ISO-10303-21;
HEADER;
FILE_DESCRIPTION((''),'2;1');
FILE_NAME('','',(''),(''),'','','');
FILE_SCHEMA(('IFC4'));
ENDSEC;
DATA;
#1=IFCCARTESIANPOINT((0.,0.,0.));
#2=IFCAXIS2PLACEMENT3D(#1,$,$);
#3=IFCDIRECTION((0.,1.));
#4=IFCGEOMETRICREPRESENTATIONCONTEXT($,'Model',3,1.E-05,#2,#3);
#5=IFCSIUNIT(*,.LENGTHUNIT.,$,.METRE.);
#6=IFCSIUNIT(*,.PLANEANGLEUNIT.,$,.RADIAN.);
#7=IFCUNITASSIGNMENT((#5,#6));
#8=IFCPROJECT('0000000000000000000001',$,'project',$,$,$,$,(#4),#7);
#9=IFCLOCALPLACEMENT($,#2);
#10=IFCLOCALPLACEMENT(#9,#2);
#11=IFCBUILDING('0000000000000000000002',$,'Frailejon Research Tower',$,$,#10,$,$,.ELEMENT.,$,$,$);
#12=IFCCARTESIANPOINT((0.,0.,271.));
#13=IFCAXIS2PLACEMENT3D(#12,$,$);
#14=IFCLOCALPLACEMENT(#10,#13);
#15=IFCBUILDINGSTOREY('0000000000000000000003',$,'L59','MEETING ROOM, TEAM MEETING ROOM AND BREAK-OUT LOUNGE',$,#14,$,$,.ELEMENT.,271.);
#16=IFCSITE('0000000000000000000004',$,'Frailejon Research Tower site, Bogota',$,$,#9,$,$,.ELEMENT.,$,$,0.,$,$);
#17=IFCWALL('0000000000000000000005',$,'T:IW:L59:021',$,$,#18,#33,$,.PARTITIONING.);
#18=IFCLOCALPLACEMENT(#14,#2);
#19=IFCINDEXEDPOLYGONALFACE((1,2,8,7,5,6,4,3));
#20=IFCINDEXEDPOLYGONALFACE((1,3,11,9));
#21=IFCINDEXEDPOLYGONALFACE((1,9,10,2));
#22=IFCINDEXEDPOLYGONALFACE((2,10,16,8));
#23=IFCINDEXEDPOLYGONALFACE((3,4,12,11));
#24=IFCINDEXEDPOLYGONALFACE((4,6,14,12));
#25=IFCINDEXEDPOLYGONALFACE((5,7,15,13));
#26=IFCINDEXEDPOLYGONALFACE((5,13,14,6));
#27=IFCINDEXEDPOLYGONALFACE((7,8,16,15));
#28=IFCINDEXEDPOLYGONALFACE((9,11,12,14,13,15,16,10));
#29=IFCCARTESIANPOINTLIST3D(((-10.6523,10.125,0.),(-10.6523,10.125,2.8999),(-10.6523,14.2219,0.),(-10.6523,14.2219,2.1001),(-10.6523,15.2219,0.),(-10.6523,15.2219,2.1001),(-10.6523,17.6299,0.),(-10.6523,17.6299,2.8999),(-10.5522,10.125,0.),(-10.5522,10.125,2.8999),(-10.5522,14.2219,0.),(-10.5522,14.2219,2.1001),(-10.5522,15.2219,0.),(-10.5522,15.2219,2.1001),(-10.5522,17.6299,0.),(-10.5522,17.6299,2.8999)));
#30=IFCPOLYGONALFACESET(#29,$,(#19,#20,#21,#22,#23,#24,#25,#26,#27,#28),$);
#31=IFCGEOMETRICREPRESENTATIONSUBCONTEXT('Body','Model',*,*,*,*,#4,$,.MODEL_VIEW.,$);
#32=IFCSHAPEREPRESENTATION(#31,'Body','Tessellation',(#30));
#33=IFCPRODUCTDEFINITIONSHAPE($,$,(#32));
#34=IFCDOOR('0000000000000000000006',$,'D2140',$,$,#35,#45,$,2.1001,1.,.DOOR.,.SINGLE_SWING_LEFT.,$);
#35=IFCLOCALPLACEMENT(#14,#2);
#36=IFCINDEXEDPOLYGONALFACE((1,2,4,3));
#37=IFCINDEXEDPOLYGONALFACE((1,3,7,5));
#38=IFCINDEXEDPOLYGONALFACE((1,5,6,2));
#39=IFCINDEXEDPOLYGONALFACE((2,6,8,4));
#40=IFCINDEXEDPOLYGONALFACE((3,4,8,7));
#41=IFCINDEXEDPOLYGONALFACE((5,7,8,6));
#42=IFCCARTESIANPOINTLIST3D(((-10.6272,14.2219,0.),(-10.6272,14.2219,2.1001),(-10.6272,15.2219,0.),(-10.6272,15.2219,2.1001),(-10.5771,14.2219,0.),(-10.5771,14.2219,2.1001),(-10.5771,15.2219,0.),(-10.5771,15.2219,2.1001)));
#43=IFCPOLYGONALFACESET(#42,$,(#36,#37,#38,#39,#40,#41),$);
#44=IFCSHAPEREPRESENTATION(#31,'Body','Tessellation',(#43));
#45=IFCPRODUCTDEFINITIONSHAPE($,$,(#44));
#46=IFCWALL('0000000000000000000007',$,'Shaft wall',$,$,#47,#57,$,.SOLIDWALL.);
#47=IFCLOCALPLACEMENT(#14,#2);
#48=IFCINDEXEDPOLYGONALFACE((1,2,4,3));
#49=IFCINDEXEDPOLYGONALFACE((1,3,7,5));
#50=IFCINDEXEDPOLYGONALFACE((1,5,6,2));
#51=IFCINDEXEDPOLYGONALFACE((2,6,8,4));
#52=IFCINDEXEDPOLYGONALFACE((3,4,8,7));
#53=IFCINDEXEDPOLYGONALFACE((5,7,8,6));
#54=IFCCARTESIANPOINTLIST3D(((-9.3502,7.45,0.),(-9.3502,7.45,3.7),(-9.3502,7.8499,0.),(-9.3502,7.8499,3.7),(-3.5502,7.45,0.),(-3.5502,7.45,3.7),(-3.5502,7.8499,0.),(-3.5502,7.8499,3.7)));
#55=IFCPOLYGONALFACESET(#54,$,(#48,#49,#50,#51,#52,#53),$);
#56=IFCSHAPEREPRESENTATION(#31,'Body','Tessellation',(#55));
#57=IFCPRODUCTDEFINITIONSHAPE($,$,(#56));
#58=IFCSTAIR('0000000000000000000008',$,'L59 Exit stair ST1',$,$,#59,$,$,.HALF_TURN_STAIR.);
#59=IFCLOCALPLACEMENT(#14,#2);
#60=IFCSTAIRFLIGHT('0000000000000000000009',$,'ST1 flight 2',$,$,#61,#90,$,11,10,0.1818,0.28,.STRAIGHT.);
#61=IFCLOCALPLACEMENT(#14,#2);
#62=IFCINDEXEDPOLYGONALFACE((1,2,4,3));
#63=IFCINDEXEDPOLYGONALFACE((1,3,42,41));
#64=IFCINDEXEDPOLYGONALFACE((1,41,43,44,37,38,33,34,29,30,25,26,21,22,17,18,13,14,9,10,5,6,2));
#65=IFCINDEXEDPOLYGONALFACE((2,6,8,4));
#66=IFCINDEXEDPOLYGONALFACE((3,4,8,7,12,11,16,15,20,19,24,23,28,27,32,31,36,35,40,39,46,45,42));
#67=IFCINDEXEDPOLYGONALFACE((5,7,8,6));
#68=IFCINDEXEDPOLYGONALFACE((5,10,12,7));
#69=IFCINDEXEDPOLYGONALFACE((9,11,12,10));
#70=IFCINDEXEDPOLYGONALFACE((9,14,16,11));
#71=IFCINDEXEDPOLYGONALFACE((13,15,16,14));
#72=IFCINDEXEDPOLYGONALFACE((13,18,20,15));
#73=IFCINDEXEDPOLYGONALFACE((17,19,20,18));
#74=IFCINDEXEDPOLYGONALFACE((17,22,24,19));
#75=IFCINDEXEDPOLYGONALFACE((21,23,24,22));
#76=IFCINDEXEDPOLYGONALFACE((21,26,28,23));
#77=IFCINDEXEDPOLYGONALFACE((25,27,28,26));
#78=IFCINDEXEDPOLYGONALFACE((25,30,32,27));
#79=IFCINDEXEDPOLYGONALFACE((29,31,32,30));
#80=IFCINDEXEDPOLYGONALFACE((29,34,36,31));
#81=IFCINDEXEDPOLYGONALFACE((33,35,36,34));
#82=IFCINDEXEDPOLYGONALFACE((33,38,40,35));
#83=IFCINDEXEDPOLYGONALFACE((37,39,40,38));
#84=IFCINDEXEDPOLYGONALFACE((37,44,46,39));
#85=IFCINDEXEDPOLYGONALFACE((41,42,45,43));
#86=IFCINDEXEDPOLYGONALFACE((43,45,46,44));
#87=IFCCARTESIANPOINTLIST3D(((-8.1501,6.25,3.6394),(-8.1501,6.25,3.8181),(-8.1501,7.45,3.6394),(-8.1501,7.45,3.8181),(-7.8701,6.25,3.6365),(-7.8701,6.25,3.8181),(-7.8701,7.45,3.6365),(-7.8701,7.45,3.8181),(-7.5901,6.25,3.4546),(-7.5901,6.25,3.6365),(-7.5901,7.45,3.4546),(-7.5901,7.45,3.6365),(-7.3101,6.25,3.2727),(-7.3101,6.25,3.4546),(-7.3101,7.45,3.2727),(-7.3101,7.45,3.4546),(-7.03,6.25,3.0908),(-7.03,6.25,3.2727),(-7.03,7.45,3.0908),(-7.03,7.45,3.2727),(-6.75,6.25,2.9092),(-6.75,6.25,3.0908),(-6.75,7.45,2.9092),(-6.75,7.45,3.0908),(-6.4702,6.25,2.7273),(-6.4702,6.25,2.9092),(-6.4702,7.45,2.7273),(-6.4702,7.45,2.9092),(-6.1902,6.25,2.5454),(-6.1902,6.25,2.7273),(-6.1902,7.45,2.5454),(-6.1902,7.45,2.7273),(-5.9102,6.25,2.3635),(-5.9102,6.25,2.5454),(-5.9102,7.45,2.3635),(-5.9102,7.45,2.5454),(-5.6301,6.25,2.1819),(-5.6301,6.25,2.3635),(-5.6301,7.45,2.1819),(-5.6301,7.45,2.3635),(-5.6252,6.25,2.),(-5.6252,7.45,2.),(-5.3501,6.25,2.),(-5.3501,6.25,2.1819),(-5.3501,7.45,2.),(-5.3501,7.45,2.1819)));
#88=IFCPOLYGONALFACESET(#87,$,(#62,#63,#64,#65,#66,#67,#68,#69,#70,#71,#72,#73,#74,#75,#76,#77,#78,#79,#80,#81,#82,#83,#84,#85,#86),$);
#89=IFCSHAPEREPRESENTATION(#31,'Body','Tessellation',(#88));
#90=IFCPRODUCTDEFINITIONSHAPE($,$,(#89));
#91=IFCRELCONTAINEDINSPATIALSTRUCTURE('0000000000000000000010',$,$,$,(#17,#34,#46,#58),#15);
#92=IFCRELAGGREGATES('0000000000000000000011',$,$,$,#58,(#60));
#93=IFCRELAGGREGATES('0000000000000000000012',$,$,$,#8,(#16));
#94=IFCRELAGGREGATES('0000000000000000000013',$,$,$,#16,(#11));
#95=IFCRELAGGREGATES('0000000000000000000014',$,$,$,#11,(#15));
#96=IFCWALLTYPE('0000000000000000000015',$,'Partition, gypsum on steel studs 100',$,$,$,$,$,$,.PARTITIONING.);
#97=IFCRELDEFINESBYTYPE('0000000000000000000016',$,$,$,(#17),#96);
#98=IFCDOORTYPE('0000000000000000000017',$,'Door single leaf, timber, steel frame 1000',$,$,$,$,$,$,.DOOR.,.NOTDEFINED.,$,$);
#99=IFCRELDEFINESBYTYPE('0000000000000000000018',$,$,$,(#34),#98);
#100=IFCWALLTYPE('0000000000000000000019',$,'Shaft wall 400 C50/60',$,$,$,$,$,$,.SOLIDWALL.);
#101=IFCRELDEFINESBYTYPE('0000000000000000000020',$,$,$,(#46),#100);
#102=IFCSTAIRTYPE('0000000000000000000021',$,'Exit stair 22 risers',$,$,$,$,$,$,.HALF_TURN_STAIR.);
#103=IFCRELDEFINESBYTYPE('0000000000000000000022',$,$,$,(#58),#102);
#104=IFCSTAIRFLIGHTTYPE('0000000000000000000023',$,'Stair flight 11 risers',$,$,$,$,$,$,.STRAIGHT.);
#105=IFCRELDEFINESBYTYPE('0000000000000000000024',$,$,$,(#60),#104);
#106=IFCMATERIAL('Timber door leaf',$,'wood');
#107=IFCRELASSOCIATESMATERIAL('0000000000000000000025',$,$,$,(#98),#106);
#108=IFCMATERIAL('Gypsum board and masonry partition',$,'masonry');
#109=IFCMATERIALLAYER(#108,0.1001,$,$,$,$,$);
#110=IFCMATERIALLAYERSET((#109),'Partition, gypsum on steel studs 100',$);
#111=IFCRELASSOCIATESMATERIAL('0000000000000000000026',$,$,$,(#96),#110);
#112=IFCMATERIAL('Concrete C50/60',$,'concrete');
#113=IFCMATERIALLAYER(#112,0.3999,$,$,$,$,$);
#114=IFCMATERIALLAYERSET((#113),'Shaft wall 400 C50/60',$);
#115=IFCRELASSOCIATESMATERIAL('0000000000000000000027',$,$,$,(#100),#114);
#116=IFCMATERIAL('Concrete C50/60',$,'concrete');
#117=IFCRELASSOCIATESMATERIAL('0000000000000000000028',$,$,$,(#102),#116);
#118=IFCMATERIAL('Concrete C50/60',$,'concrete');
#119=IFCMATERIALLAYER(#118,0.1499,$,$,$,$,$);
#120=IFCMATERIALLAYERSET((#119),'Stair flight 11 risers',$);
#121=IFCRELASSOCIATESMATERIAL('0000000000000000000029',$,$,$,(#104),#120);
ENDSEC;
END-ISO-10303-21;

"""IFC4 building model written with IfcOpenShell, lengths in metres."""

from ifc_helpers import new_model, si_unit, direction, frame, frame_2d, origin, place, context, subcontext, project, spatial, polyline, rectangle, outline, extrude, material, layer, layer_set, type_object, element, fill, aggregate, save


model = new_model("IFC4")

# Units and contexts
model_context = context("Model", 3, precision=1e-05, world=origin(), true_north=direction((0.0, 1.0)))
body_context = subcontext(model_context, "Body", "Model", "MODEL_VIEW")
ifc_project = project(units=[si_unit("LENGTHUNIT", "METRE"), si_unit("PLANEANGLEUNIT", "RADIAN")], contexts=[model_context])

# Site, building, storey
site_placement = place(None, origin())
site = spatial("IfcSite", under=ifc_project, at=site_placement, Name="Frailejon Research Tower site, Bogota", CompositionType="ELEMENT", RefElevation=0.0)
building_placement = place(site_placement, origin())
building = spatial("IfcBuilding", under=site, at=building_placement, Name="Frailejon Research Tower", CompositionType="ELEMENT")
storey_placement = place(building_placement, frame((0.0, 0.0, 271.0)))
storey = spatial("IfcBuildingStorey", under=building, at=storey_placement, Name="L59", Description="MEETING ROOM, TEAM MEETING ROOM AND BREAK-OUT LOUNGE", CompositionType="ELEMENT", Elevation=271.0)

# Shared definitions
ifc_material_1 = material(Name="Timber door leaf", Category="wood")
door_type_1 = type_object("IfcDoorType", Name="Door single leaf, timber, steel frame 1000", OperationType="NOTDEFINED", PredefinedType="DOOR", material=ifc_material_1)

# Shared definitions
ifc_material_2 = material(Name="Gypsum board and masonry partition", Category="masonry")
ifc_layer_1 = layer(ifc_material_2, 0.1001)
ifc_layer_set_1 = layer_set([ifc_layer_1], Name="Partition, gypsum on steel studs 100")
wall_type_1 = type_object("IfcWallType", Name="Partition, gypsum on steel studs 100", PredefinedType="PARTITIONING", material=ifc_layer_set_1)

# Wall, opening, door
wall_1_placement = place(storey_placement, frame((-10.6023, 10.125, 0.0), z_axis=(0.0, 0.0, 1.0), x_axis=(0.0, 1.0, 0.0)))
wall_1 = element("IfcWall", 1, at=wall_1_placement, inside=storey, type_object=wall_type_1, Name="T:IW:L59:021", PredefinedType="PARTITIONING", context=body_context, shape_type="SweptSolid", body=[
    extrude(rectangle(XDim=7.5049, YDim=0.1001, at=frame_2d((3.7524, 0.0))), origin(), (0.0, 0.0, 1.0), 2.8999),
])
opening_1_placement = place(wall_1_placement, frame((4.0969, 0.0, 0.0)))
opening_1 = element("IfcOpeningElement", 2, at=opening_1_placement, cuts=wall_1, PredefinedType="OPENING", context=body_context, shape_type="SweptSolid", body=[
    extrude(rectangle(XDim=1.0, YDim=2.1001, at=frame_2d((0.5, 1.05))), frame((0.0, 0.0601, 0.0), z_axis=(0.0, -1.0, 0.0), x_axis=(1.0, 0.0, 0.0)), (0.0, 0.0, 1.0), 0.1201),
])
door_1_placement = place(opening_1_placement, origin())
door_1 = element("IfcDoor", 3, at=door_1_placement, inside=storey, type_object=door_type_1, Name="D2140", OperationType="SINGLE_SWING_LEFT", OverallHeight=2.1001, OverallWidth=1.0, PredefinedType="DOOR", context=body_context, shape_type="SweptSolid", body=[
    extrude(rectangle(XDim=1.0, YDim=2.1001, at=frame_2d((0.5, 1.05))), frame((0.0, 0.0249, 0.0), z_axis=(0.0, -1.0, 0.0), x_axis=(1.0, 0.0, 0.0)), (0.0, 0.0, 1.0), 0.05),
])
fill(opening_1, door_1)

# Wall
ifc_material_3 = material(Name="Concrete C50/60", Category="concrete")
ifc_layer_2 = layer(ifc_material_3, 0.3999)
ifc_layer_set_2 = layer_set([ifc_layer_2], Name="Shaft wall 400 C50/60")
wall_type_2 = type_object("IfcWallType", Name="Shaft wall 400 C50/60", PredefinedType="SOLIDWALL", material=ifc_layer_set_2)
wall_2_placement = place(storey_placement, frame((-9.3501, 7.6499, 0.0), z_axis=(0.0, 0.0, 1.0), x_axis=(1.0, 0.0, 0.0)))
element("IfcWall", 4, at=wall_2_placement, inside=storey, type_object=wall_type_2, Name="Shaft wall", PredefinedType="SOLIDWALL", context=body_context, shape_type="SweptSolid", body=[
    extrude(rectangle(XDim=5.8, YDim=0.3999, at=frame_2d((2.8999, 0.0))), origin(), (0.0, 0.0, 1.0), 3.7),
])

# Stair, stair flight
ifc_material_4 = material(Name="Concrete C50/60", Category="concrete")
stair_type = type_object("IfcStairType", Name="Exit stair 22 risers", PredefinedType="HALF_TURN_STAIR", material=ifc_material_4)
stair_placement = place(storey_placement, origin())
stair = element("IfcStair", 5, at=stair_placement, inside=storey, type_object=stair_type, Name="L59 Exit stair ST1", PredefinedType="HALF_TURN_STAIR")
ifc_material_5 = material(Name="Concrete C50/60", Category="concrete")
ifc_layer_3 = layer(ifc_material_5, 0.1499)
ifc_layer_set_3 = layer_set([ifc_layer_3], Name="Stair flight 11 risers")
stair_flight_type = type_object("IfcStairFlightType", Name="Stair flight 11 risers", PredefinedType="STRAIGHT", material=ifc_layer_set_3)
stair_flight_placement = place(storey_placement, frame((-5.3501, 6.8501, 2.0), z_axis=(0.0, 0.0, 1.0), x_axis=(-1.0, 0.0, 0.0)))
stair_flight = element("IfcStairFlight", 6, at=stair_flight_placement, type_object=stair_flight_type, Name="ST1 flight 2", NumberOfRisers=11, NumberOfTreads=10, PredefinedType="STRAIGHT", RiserHeight=0.1818, TreadLength=0.28, context=body_context, shape_type="SweptSolid", body=[
    extrude(outline(polyline([(0.0, 0.0), (0.0, 0.1819), (0.28, 0.1819), (0.28, 0.3635), (0.5601, 0.3635), (0.5601, 0.5454), (0.8401, 0.5454), (0.8401, 0.7273), (1.1201, 0.7273), (1.1201, 0.9092), (1.3999, 0.9092), (1.3999, 1.0908), (1.6799, 1.0908), (1.6799, 1.2727), (1.96, 1.2727), (1.96, 1.4546), (2.24, 1.4546), (2.24, 1.6365), (2.52, 1.6365), (2.52, 1.8181), (2.8, 1.8181), (2.8, 2.0), (2.8, 1.6394), (0.2751, 0.0), (0.0, 0.0)])), frame((0.0, 0.6001, 0.0), z_axis=(0.0, -1.0, 0.0), x_axis=(1.0, 0.0, 0.0)), (0.0, 0.0, 1.0), 1.2),
])
aggregate(stair, [stair_flight])

save(model, "model.ifc")
